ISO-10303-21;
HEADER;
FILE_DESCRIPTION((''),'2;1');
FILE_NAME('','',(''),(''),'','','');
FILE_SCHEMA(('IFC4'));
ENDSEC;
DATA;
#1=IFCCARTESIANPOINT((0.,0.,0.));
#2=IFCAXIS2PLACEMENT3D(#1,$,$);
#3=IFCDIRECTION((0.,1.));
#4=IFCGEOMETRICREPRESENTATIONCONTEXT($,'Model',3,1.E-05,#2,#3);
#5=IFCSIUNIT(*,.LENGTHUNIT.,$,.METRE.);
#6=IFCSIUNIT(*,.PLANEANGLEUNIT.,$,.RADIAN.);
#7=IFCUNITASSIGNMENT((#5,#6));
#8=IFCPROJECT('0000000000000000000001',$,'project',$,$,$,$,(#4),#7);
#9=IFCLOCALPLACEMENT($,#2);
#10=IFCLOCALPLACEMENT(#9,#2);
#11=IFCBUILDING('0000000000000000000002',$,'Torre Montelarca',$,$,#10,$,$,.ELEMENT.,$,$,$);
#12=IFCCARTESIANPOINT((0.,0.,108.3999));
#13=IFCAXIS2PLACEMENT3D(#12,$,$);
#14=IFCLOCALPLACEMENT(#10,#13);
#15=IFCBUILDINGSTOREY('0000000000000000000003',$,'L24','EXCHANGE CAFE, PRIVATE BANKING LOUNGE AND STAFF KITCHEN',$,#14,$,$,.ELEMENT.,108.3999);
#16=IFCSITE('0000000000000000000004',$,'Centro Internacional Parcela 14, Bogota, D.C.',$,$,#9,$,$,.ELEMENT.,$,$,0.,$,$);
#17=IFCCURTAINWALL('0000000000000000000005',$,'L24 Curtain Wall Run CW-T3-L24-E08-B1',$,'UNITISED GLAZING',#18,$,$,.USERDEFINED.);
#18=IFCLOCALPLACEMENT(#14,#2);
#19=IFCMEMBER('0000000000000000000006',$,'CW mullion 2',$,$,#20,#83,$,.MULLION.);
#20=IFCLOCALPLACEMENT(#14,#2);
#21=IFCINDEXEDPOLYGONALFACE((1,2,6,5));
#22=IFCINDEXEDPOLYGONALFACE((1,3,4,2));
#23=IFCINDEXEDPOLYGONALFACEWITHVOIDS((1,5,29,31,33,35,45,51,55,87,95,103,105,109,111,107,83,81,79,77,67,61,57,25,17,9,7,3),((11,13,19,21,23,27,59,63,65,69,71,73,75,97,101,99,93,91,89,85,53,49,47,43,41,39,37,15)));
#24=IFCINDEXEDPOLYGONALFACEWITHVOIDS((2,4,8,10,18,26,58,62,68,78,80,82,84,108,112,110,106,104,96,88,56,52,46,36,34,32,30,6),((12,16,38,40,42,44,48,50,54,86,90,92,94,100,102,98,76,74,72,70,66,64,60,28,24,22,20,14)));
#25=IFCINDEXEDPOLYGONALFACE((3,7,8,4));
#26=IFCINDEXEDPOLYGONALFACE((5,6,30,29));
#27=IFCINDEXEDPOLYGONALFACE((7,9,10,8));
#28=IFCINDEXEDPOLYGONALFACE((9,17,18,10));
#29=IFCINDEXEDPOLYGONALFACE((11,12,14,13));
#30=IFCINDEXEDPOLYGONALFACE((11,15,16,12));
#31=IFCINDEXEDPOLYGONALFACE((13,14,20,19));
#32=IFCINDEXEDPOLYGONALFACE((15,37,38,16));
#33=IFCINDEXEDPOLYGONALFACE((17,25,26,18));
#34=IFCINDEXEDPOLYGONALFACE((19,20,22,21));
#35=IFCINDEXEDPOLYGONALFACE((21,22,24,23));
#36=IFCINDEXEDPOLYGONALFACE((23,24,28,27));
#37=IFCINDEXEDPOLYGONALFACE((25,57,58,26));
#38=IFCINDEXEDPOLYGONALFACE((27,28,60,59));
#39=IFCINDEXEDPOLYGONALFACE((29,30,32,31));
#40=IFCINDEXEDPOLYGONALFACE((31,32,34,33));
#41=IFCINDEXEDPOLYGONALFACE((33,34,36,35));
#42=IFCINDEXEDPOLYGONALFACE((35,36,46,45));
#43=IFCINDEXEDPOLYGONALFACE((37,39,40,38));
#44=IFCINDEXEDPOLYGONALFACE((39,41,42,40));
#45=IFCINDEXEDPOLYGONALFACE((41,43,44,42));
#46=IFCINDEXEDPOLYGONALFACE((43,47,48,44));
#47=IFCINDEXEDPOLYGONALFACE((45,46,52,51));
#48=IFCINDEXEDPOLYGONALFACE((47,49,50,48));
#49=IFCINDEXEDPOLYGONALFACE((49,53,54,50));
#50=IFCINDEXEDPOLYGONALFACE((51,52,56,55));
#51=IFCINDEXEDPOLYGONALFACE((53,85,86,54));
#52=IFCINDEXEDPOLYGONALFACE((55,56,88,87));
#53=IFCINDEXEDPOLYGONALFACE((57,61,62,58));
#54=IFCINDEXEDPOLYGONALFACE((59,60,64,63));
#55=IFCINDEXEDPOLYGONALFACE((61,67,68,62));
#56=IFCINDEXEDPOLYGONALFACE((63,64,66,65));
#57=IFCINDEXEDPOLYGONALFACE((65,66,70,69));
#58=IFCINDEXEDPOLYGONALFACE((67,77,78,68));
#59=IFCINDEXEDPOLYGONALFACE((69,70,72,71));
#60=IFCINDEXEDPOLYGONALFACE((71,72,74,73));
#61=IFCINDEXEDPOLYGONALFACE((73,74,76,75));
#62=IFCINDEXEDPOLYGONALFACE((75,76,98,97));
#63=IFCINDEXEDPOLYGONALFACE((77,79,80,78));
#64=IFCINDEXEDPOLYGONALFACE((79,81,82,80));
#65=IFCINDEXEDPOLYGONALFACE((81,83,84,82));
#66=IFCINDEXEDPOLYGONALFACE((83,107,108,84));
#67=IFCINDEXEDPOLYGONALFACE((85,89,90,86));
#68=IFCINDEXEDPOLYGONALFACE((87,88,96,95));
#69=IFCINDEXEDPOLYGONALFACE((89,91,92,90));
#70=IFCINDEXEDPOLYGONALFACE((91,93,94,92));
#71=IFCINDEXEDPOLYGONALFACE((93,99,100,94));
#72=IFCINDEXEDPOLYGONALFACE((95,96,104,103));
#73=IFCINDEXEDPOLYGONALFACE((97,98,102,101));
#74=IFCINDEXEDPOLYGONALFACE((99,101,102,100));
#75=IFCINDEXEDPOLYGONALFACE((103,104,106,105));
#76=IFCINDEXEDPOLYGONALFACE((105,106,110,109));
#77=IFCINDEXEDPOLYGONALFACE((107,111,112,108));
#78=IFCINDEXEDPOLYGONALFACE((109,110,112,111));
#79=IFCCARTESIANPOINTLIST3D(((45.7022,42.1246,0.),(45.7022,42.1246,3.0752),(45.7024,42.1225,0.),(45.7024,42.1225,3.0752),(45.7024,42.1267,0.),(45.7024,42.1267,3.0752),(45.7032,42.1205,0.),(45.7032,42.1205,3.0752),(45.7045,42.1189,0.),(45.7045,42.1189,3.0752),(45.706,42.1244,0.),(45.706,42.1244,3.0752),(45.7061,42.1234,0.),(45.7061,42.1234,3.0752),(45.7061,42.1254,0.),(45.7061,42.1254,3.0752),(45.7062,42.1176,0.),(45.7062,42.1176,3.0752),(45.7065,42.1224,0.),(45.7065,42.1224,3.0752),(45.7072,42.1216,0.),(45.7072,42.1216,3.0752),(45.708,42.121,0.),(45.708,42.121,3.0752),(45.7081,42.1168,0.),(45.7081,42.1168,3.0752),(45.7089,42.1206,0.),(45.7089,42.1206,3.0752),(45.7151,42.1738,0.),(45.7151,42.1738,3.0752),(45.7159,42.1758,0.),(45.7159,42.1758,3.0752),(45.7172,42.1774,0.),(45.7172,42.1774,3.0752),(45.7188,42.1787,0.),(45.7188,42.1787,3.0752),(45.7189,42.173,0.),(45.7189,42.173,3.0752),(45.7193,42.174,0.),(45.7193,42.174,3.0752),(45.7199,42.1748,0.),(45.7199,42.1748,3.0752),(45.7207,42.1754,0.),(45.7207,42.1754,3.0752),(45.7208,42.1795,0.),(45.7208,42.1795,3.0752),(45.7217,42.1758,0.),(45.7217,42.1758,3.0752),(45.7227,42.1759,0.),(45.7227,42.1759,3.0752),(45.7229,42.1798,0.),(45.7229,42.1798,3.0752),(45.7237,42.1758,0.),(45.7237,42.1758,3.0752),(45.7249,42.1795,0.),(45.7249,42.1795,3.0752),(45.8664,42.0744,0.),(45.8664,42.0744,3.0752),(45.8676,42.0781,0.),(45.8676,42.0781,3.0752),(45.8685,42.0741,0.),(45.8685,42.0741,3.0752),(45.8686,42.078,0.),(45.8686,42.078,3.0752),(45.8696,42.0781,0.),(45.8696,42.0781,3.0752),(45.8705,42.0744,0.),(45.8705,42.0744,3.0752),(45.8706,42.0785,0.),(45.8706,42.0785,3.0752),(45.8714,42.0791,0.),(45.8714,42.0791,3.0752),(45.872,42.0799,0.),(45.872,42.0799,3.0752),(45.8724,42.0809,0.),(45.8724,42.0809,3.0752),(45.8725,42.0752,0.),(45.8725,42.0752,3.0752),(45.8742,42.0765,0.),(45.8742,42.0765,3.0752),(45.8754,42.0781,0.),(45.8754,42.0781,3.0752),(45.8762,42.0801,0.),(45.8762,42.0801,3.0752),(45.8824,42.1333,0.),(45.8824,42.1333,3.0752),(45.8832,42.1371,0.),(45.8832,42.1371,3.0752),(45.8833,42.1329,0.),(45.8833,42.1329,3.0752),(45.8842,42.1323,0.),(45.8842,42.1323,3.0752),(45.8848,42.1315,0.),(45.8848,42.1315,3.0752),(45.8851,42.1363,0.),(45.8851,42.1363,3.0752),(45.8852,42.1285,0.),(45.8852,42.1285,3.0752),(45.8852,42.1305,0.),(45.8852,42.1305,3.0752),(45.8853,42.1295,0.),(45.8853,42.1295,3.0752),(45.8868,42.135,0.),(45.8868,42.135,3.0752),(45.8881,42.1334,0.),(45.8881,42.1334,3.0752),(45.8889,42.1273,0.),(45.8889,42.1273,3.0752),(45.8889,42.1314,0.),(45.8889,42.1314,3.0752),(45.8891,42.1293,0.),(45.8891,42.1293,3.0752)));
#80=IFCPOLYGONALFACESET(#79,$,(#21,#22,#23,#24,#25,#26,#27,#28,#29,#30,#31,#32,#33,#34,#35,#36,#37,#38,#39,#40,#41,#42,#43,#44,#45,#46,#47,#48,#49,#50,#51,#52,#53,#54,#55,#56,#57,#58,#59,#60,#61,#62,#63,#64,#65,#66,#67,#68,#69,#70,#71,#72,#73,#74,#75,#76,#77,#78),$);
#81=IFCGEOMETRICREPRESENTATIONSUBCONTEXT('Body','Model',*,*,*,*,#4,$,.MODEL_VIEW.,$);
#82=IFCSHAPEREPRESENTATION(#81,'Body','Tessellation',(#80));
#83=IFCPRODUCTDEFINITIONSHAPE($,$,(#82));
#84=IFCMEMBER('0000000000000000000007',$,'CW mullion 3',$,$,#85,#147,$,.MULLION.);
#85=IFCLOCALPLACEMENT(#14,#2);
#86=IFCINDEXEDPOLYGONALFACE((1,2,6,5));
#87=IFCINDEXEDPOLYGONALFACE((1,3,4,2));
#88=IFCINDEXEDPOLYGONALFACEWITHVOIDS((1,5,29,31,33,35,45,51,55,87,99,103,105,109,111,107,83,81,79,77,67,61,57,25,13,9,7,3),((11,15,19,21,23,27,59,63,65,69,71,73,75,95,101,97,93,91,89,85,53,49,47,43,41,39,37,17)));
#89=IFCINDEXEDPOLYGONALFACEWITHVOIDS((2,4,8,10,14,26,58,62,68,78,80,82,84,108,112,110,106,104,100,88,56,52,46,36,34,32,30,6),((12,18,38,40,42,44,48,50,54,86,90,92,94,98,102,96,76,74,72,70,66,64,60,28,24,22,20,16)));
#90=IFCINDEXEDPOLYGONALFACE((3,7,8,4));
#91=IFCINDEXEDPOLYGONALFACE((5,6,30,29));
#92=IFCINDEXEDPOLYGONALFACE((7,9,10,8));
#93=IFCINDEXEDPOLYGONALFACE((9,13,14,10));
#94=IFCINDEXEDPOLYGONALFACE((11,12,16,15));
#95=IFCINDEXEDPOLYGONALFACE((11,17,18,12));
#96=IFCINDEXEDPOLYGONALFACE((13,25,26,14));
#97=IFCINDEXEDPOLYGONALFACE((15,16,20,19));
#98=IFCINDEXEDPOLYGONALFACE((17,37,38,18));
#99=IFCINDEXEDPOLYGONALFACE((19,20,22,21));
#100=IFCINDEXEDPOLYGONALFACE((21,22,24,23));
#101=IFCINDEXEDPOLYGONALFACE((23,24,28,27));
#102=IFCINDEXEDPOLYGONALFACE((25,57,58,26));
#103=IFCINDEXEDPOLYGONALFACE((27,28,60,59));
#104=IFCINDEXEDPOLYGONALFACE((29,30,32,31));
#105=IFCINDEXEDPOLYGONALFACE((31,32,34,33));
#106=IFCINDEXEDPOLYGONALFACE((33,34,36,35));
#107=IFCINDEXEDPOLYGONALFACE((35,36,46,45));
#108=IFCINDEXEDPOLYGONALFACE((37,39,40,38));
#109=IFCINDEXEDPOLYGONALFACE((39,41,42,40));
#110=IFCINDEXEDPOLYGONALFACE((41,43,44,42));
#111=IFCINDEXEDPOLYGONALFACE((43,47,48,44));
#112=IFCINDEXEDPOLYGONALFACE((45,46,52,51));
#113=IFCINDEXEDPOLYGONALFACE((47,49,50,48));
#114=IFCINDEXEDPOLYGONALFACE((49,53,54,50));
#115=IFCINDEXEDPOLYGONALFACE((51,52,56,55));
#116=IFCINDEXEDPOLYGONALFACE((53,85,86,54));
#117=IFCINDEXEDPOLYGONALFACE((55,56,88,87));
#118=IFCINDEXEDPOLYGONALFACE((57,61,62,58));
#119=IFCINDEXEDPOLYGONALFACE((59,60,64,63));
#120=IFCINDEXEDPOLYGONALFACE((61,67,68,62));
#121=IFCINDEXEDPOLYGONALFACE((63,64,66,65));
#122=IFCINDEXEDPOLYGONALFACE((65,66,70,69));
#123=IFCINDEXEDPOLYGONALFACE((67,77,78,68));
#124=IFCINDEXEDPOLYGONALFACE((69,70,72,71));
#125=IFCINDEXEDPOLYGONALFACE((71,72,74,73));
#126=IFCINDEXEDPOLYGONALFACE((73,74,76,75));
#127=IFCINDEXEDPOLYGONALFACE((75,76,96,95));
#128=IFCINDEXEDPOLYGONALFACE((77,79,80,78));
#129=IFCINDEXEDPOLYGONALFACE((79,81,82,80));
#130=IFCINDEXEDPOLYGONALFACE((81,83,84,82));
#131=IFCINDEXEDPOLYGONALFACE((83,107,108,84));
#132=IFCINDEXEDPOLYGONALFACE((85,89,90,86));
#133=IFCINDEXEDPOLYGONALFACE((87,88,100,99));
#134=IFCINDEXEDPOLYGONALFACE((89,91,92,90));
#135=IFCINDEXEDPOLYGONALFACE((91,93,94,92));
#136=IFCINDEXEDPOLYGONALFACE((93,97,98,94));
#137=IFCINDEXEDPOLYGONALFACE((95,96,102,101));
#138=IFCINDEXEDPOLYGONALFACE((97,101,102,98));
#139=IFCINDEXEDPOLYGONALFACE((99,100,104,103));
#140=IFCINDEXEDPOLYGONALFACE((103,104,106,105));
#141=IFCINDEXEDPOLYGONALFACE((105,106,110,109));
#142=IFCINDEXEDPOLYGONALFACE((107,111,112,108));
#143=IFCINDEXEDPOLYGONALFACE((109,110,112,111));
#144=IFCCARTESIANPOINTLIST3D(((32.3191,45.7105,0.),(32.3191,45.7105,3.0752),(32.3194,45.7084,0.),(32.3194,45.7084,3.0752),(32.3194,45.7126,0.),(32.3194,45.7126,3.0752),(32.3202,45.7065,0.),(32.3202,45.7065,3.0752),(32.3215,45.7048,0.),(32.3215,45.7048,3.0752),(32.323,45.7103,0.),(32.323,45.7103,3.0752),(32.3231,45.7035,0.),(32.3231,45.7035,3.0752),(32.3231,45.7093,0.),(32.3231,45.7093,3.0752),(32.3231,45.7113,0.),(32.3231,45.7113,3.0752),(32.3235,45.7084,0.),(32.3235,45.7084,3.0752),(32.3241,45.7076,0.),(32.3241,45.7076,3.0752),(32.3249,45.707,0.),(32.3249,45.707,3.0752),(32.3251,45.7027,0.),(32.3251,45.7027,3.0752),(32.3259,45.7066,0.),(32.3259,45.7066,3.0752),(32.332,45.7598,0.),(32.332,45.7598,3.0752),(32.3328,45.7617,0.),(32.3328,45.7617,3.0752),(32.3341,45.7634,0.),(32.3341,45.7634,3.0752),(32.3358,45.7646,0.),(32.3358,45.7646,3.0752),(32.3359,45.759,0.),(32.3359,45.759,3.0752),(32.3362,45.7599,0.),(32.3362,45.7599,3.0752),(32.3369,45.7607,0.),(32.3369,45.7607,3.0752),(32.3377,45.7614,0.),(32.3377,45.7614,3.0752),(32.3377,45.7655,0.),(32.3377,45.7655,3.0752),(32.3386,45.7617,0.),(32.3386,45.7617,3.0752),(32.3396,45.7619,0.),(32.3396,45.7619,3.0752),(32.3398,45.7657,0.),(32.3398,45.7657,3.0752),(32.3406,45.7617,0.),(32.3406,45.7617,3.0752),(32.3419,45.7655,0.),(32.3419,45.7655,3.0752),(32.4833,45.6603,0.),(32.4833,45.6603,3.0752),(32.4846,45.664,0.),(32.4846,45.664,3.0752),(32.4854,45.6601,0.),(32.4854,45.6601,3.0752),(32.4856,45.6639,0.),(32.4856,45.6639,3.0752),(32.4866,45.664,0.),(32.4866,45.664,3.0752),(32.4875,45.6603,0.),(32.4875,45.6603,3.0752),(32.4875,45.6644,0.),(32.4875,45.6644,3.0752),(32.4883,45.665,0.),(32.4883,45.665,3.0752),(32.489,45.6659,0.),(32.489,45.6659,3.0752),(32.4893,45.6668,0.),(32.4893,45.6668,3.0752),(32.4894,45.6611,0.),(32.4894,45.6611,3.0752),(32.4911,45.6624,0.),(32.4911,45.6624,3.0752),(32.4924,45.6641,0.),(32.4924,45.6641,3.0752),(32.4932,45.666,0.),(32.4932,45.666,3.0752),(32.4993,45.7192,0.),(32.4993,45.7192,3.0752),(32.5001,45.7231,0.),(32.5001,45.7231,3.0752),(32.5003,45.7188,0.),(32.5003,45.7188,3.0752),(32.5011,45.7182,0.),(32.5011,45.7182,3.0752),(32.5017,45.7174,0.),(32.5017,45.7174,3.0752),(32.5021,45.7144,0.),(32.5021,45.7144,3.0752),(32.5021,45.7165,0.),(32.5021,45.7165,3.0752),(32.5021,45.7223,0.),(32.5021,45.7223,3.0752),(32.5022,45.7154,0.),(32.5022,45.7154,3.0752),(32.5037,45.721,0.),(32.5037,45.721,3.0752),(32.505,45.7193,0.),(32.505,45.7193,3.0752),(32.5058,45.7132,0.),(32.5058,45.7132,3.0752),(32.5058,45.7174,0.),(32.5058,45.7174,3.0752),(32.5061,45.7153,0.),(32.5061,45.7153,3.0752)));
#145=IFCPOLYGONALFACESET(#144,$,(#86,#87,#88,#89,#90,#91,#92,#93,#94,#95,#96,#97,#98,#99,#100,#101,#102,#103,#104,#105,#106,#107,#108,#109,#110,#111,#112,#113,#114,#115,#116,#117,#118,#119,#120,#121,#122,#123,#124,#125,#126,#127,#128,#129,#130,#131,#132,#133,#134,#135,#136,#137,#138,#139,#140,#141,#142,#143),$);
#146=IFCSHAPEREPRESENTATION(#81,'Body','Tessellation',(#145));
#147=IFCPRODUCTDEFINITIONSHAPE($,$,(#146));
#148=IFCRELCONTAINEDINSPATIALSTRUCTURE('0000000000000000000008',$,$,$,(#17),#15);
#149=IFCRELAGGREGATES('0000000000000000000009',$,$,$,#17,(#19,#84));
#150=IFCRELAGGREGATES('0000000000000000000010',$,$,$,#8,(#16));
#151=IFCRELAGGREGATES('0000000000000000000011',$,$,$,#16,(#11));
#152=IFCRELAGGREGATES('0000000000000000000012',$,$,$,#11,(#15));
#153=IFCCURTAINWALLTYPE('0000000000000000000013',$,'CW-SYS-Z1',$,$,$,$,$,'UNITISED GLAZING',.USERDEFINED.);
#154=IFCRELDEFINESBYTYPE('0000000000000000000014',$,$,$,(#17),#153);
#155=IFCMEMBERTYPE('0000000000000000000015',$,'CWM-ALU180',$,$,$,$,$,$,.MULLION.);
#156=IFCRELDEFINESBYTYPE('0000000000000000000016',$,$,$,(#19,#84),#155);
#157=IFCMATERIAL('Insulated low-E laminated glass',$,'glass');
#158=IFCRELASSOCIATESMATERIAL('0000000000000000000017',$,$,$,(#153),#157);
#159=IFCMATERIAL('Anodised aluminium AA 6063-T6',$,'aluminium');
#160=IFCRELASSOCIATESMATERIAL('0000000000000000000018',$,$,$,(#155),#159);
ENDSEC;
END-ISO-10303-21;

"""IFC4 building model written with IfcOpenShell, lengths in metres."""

from ifc_helpers import new_model, si_unit, direction, frame, origin, origin_2d, place, context, subcontext, project, spatial, hollow_rectangle, extrude, source, transform, mapped, material, material_profile, profile_set, type_object, element, aggregate, save


model = new_model("IFC4")

# Units and contexts
model_context = context("Model", 3, precision=1e-05, world=origin(), true_north=direction((0.0, 1.0)))
body_context = subcontext(model_context, "Body", "Model", "MODEL_VIEW")
ifc_project = project(units=[si_unit("LENGTHUNIT", "METRE"), si_unit("PLANEANGLEUNIT", "RADIAN")], contexts=[model_context])

# Site, building, storey
site_placement = place(None, origin())
site = spatial("IfcSite", under=ifc_project, at=site_placement, Name="Centro Internacional Parcela 14, Bogota, D.C.", CompositionType="ELEMENT", RefElevation=0.0)
building_placement = place(site_placement, origin())
building = spatial("IfcBuilding", under=site, at=building_placement, Name="Torre Montelarca", CompositionType="ELEMENT")
storey_placement = place(building_placement, frame((0.0, 0.0, 108.3999)))
storey = spatial("IfcBuildingStorey", under=building, at=storey_placement, Name="L24", Description="EXCHANGE CAFE, PRIVATE BANKING LOUNGE AND STAFF KITCHEN", CompositionType="ELEMENT", Elevation=108.3999)

# Shared definitions
ifc_material_1 = material(Name="Insulated low-E laminated glass", Category="glass")
curtain_wall_type = type_object("IfcCurtainWallType", Name="CW-SYS-Z1", ElementType="UNITISED GLAZING", PredefinedType="USERDEFINED", material=ifc_material_1)
ifc_material_2 = material(Name="Anodised aluminium AA 6063-T6", Category="aluminium")

# Curtain wall, members
curtain_wall_1_placement = place(storey_placement, origin())
curtain_wall_1 = element("IfcCurtainWall", 1, at=curtain_wall_1_placement, inside=storey, type_object=curtain_wall_type, Name="L24 Curtain Wall Run CW-T3-L24-E08-B1", ObjectType="UNITISED GLAZING", PredefinedType="USERDEFINED")
ifc_material_profile_1 = material_profile(ifc_material_2, hollow_rectangle(XDim=0.0649, YDim=0.1799, WallThickness=0.0039, InnerFilletRadius=0.0039, OuterFilletRadius=0.0081, at=origin_2d()), Name="ALU65X180X4", Category="aluminium")
ifc_profile_set_1 = profile_set([ifc_material_profile_1], Name="Anodised aluminium AA 6063-T6")
member_type_1 = type_object("IfcMemberType", Name="CWM-ALU180", PredefinedType="MULLION", material=ifc_profile_set_1)
shared_shape_1 = source(origin(), body_context, "Body", "SweptSolid", [
    extrude(hollow_rectangle(XDim=0.0649, YDim=0.1799, WallThickness=0.0039, InnerFilletRadius=0.0039, OuterFilletRadius=0.0081, at=origin_2d()), origin(), (0.0, 0.0, 1.0), 3.0752),
])
member_1_placement = place(storey_placement, frame((45.7957, 42.127, 0.0), z_axis=(0.0, 0.0, 1.0), x_axis=(-0.25882, -0.965926, 0.0)))
member_1 = element("IfcMember", 2, at=member_1_placement, type_object=member_type_1, Name="CW mullion 2", PredefinedType="MULLION", context=body_context, shape_type="MappedRepresentation", body=[
    mapped(shared_shape_1, transform((0.0, 0.0, 0.0), scale=1.0)),
])
member_2_placement = place(storey_placement, frame((32.4126, 45.7129, 0.0), z_axis=(0.0, 0.0, 1.0), x_axis=(-0.25882, -0.965926, 0.0)))
member_2 = element("IfcMember", 3, at=member_2_placement, type_object=member_type_1, Name="CW mullion 3", PredefinedType="MULLION", context=body_context, shape_type="MappedRepresentation", body=[
    mapped(shared_shape_1, transform((0.0, 0.0, 0.0), scale=1.0)),
])

aggregate(curtain_wall_1, [member_1, member_2])

save(model, "model.ifc")
